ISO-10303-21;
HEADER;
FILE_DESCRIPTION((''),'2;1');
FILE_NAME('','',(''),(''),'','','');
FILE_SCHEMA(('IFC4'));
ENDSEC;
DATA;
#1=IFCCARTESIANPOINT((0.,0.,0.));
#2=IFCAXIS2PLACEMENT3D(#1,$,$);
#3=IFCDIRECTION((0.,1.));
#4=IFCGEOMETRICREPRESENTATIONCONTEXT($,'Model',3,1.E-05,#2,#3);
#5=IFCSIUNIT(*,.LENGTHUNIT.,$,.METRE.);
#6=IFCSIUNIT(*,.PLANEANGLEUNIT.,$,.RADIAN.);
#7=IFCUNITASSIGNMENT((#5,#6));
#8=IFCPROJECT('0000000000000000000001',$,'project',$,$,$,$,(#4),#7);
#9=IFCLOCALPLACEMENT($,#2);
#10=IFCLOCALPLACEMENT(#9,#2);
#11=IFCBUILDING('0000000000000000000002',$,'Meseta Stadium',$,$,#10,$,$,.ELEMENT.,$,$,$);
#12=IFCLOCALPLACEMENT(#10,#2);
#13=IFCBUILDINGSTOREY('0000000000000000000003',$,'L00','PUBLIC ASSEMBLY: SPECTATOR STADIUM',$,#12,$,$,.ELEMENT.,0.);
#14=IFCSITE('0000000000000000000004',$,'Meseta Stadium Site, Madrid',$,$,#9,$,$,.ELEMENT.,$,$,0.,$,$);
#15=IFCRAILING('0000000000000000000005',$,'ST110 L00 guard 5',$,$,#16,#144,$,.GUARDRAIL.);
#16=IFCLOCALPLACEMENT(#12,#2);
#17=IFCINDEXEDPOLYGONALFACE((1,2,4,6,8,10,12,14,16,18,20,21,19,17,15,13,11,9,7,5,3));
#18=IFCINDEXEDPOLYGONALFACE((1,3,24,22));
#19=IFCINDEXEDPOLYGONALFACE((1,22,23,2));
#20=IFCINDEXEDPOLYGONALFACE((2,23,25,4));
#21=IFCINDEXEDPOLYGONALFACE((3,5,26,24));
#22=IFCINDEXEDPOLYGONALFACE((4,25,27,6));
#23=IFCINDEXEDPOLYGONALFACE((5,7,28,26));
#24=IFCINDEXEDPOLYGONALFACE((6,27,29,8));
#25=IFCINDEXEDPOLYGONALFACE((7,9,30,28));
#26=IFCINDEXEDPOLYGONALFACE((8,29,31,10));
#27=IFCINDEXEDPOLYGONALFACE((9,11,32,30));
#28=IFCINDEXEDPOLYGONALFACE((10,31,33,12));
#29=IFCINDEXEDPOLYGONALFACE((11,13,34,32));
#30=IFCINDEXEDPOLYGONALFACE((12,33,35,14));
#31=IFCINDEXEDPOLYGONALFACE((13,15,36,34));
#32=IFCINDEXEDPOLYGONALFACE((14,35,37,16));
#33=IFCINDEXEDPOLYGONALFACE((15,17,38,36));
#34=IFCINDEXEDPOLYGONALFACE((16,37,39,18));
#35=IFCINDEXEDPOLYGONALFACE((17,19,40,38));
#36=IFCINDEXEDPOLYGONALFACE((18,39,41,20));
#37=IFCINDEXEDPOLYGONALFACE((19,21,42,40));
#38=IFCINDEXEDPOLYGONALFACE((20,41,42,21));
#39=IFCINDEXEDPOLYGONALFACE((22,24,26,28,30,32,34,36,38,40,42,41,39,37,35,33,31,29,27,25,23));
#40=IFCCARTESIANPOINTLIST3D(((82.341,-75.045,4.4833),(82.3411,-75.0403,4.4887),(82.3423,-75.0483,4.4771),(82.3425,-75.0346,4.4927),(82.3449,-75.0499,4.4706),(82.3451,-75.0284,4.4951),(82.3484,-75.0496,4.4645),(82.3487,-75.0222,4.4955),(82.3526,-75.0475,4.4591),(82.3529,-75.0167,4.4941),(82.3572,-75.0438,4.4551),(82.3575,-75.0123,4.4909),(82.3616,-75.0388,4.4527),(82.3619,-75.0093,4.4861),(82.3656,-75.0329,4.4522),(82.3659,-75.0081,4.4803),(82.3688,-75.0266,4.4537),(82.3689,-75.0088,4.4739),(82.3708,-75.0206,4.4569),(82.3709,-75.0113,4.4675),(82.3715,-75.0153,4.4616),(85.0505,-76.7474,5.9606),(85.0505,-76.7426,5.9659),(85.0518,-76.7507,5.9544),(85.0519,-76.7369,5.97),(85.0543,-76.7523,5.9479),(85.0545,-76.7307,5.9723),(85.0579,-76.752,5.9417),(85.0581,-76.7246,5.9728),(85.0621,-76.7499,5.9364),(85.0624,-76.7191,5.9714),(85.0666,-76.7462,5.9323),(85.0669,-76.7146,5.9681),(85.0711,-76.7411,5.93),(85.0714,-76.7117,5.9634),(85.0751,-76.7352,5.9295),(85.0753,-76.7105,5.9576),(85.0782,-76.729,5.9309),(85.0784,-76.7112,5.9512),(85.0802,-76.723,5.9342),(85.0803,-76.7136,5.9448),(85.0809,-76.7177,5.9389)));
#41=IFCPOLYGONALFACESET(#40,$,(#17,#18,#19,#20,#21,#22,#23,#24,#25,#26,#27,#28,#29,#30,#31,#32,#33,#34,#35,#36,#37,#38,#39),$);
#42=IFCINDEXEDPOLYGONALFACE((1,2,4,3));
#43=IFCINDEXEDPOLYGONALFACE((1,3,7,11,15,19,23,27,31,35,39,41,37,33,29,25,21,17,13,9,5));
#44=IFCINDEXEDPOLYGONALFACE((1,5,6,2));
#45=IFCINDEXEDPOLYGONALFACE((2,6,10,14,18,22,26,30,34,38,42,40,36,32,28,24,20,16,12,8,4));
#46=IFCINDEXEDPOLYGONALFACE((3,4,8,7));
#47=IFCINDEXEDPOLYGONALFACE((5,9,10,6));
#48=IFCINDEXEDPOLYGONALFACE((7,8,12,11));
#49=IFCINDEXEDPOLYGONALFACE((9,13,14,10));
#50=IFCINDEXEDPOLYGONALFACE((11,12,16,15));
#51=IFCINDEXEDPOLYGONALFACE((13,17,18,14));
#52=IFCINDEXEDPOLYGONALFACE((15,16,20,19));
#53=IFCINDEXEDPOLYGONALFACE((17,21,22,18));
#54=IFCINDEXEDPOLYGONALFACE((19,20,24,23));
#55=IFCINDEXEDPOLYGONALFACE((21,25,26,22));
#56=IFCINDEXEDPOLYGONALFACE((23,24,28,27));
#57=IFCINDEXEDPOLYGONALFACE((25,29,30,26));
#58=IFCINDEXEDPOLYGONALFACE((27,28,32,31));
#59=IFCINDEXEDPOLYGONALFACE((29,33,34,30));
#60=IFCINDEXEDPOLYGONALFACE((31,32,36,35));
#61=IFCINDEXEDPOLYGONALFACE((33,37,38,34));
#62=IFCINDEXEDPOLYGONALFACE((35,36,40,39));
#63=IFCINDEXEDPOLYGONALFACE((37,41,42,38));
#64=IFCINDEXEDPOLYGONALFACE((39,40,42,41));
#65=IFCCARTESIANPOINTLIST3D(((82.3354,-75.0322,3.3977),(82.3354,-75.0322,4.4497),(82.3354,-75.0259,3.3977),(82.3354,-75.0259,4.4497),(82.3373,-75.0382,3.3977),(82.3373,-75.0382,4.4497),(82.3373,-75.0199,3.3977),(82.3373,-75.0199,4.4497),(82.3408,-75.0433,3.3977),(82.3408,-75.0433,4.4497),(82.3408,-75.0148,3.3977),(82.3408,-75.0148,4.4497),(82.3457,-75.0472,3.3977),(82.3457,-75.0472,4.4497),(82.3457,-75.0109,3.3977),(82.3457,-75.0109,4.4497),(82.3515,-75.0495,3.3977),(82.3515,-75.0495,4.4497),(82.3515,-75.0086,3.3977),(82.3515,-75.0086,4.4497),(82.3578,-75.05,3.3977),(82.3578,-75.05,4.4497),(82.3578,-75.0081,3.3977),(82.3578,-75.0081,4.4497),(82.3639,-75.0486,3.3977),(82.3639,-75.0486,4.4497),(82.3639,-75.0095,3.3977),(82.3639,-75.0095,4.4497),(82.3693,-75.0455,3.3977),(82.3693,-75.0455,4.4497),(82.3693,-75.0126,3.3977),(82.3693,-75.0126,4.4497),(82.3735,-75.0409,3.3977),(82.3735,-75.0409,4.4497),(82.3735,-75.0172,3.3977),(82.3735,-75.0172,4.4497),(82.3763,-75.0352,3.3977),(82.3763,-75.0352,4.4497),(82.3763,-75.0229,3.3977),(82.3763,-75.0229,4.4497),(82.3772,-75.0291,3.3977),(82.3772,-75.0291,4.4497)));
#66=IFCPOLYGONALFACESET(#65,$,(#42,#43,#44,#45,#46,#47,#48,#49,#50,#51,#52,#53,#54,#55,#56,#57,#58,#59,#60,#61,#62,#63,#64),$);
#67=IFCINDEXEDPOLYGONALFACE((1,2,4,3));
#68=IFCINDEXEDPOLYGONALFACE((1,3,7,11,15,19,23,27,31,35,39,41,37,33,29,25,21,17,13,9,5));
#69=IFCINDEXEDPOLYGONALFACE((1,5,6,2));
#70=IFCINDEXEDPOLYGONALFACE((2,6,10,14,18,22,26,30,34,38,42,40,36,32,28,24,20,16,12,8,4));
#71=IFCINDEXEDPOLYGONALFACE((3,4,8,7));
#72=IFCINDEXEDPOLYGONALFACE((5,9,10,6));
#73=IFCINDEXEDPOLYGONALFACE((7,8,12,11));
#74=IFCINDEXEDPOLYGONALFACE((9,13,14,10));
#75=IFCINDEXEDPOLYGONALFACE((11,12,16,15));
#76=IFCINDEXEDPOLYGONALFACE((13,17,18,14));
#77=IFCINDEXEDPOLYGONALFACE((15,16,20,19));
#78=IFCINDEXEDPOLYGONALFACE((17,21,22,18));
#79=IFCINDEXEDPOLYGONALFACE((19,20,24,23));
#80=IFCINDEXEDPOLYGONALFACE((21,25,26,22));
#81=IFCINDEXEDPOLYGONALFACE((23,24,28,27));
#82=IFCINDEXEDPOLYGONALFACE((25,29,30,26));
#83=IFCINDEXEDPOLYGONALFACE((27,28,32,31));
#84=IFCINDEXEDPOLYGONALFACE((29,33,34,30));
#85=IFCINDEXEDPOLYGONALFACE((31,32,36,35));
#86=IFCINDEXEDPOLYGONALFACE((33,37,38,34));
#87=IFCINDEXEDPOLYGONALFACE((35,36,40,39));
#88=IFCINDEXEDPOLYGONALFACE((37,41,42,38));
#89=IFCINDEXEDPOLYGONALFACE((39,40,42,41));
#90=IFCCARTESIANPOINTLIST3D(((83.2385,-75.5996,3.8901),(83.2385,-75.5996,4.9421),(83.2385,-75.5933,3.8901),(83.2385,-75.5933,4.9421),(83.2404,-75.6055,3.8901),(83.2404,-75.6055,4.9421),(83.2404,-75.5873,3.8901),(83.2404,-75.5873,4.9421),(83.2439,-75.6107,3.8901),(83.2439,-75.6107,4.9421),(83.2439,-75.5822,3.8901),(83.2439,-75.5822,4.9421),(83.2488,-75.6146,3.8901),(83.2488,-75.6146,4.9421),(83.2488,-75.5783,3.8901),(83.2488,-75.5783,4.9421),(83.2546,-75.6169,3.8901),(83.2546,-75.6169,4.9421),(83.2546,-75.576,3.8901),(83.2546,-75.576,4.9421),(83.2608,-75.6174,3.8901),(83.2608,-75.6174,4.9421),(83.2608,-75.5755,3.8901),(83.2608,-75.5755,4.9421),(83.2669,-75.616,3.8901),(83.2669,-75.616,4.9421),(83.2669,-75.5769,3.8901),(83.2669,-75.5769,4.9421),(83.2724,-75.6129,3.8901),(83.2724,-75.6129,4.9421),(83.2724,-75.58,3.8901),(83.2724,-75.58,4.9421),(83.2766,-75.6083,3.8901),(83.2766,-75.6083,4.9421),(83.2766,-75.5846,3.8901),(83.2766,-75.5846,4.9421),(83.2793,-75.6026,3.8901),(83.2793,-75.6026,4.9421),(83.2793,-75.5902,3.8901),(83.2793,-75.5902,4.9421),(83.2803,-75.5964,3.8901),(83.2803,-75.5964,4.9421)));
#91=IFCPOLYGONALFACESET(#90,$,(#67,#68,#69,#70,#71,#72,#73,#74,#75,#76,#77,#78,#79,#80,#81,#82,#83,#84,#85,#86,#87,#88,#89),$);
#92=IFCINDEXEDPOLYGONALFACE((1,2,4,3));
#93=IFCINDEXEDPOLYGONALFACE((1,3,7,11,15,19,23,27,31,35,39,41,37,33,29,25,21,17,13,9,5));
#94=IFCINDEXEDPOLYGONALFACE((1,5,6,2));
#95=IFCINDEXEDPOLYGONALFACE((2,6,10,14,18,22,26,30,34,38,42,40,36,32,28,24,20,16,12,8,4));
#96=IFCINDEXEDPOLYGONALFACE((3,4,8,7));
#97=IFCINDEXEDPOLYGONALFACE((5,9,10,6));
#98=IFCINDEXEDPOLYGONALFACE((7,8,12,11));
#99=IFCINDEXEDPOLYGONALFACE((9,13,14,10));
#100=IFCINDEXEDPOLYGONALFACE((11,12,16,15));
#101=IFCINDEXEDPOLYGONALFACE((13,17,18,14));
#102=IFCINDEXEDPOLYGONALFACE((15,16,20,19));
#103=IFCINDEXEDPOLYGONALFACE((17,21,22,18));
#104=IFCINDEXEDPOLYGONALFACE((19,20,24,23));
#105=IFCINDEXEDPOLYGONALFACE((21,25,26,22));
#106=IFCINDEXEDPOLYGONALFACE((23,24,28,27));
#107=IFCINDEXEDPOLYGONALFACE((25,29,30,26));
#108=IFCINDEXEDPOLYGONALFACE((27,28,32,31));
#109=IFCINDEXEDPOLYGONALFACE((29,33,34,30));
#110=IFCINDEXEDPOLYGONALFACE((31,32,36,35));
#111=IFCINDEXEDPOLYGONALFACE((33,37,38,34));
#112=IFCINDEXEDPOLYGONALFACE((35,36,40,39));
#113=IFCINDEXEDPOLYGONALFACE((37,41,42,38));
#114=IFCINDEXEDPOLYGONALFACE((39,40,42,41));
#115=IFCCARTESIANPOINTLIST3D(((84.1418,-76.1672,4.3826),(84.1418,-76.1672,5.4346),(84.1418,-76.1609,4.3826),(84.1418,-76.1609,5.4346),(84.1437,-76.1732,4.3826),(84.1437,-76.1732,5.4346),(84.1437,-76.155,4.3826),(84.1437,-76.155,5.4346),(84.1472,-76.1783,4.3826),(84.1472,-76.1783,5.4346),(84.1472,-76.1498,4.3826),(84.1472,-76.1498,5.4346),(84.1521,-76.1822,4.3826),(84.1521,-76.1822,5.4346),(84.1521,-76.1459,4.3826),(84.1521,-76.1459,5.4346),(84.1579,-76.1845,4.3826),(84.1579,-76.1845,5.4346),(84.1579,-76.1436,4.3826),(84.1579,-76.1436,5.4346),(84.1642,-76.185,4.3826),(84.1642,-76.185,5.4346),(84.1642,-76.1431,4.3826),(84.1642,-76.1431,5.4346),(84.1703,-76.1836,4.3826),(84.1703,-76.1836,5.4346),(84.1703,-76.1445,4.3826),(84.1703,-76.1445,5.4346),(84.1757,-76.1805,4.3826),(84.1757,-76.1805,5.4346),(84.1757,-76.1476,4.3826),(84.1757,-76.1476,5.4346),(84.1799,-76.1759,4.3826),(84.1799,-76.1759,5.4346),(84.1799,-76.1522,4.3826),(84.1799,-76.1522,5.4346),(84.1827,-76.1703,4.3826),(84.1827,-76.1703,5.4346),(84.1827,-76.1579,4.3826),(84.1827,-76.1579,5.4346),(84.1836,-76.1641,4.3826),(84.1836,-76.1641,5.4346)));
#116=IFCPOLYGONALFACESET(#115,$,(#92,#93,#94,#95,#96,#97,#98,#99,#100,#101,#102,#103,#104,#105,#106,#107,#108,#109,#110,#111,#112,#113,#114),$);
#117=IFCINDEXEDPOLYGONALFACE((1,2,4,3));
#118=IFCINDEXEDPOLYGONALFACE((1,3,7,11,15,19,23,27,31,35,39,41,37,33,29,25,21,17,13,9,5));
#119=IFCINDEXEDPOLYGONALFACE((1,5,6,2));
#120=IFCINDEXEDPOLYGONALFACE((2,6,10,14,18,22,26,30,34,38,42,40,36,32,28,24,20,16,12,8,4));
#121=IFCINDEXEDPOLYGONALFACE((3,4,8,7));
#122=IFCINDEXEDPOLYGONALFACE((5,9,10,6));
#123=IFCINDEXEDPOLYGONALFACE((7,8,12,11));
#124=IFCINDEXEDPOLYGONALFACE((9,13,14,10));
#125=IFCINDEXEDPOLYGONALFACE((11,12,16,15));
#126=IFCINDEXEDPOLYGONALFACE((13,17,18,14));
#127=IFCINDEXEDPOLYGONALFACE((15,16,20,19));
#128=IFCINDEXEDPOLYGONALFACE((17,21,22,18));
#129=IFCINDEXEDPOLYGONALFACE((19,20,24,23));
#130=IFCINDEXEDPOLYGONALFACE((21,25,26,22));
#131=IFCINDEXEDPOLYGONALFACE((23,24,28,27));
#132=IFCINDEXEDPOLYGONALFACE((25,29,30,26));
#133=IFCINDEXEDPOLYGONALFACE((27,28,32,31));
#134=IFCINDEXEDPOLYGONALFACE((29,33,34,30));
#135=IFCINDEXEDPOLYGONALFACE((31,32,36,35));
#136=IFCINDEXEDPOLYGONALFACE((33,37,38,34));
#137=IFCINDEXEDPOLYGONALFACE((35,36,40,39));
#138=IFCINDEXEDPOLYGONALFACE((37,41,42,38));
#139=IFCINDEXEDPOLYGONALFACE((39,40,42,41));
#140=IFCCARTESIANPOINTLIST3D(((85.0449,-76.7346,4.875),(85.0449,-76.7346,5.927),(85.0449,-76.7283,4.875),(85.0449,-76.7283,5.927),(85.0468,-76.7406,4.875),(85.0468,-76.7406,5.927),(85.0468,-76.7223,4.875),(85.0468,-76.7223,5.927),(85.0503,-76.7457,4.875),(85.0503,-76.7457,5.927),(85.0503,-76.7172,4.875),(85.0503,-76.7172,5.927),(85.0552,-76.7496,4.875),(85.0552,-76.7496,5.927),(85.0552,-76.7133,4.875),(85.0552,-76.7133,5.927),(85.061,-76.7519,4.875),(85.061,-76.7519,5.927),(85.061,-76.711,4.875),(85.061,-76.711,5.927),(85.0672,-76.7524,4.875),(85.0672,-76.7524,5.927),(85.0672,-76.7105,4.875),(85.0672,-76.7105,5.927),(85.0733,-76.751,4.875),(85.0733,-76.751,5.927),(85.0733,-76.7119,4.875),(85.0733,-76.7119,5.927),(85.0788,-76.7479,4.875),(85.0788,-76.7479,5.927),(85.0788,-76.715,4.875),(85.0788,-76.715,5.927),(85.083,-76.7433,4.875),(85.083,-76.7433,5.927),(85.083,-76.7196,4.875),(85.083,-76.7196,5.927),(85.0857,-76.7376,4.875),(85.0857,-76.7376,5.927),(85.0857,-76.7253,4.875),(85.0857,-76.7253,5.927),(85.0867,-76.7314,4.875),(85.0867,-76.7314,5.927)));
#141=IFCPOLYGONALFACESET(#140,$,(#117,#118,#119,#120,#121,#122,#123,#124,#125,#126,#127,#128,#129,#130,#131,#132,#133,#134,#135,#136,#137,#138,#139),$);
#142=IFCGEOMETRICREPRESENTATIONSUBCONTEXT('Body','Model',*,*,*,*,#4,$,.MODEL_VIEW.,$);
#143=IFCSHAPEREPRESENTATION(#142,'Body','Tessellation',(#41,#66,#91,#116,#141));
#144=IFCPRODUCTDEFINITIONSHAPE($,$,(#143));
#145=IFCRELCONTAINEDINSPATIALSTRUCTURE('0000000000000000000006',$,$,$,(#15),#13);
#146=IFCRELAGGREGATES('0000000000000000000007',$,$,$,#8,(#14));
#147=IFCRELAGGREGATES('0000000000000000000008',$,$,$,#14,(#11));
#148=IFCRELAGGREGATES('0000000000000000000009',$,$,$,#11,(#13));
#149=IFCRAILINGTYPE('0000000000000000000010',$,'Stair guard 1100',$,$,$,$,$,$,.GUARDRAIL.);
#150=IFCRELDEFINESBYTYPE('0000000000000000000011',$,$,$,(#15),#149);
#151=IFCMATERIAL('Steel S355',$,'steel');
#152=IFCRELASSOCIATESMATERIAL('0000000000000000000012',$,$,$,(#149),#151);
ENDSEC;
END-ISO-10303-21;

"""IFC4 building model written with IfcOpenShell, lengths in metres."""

from ifc_helpers import new_model, si_unit, direction, frame, origin, origin_2d, place, context, subcontext, project, spatial, circle, extrude, material, type_object, element, save


model = new_model("IFC4")

# Units and contexts
model_context = context("Model", 3, precision=1e-05, world=origin(), true_north=direction((0.0, 1.0)))
body_context = subcontext(model_context, "Body", "Model", "MODEL_VIEW")
ifc_project = project(units=[si_unit("LENGTHUNIT", "METRE"), si_unit("PLANEANGLEUNIT", "RADIAN")], contexts=[model_context])

# Site, building, storey
site_placement = place(None, origin())
site = spatial("IfcSite", under=ifc_project, at=site_placement, Name="Meseta Stadium Site, Madrid", CompositionType="ELEMENT", RefElevation=0.0)
building_placement = place(site_placement, origin())
building = spatial("IfcBuilding", under=site, at=building_placement, Name="Meseta Stadium", CompositionType="ELEMENT")
storey_placement = place(building_placement, origin())
storey = spatial("IfcBuildingStorey", under=building, at=storey_placement, Name="L00", Description="PUBLIC ASSEMBLY: SPECTATOR STADIUM", CompositionType="ELEMENT", Elevation=0.0)

# Railing
ifc_material_1 = material(Name="Steel S355", Category="steel")
railing_type = type_object("IfcRailingType", Name="Stair guard 1100", PredefinedType="GUARDRAIL", material=ifc_material_1)
railing_1_placement = place(storey_placement, frame((82.3562, -75.0291, 3.3977)))
element("IfcRailing", 1, at=railing_1_placement, inside=storey, type_object=railing_type, Name="ST110 L00 guard 5", PredefinedType="GUARDRAIL", context=body_context, shape_type="SweptSolid", body=[
    extrude(circle(Radius=0.0239, at=origin_2d()), frame((0.0, 0.0, 1.0762), z_axis=(0.768764, -0.483023, 0.419156), x_axis=(0.532014, 0.846736, 0.0)), (0.0, 0.0, 1.0), 3.5244),
    extrude(circle(Radius=0.021, at=origin_2d()), origin(), (0.0, 0.0, 1.0), 1.052),
    extrude(circle(Radius=0.021, at=origin_2d()), frame((0.9031, -0.5674, 0.4924)), (0.0, 0.0, 1.0), 1.052),
    extrude(circle(Radius=0.021, at=origin_2d()), frame((1.8064, -1.135, 0.9849)), (0.0, 0.0, 1.0), 1.052),
    extrude(circle(Radius=0.021, at=origin_2d()), frame((2.7095, -1.7024, 1.4773)), (0.0, 0.0, 1.0), 1.052),
])

save(model, "model.ifc")
